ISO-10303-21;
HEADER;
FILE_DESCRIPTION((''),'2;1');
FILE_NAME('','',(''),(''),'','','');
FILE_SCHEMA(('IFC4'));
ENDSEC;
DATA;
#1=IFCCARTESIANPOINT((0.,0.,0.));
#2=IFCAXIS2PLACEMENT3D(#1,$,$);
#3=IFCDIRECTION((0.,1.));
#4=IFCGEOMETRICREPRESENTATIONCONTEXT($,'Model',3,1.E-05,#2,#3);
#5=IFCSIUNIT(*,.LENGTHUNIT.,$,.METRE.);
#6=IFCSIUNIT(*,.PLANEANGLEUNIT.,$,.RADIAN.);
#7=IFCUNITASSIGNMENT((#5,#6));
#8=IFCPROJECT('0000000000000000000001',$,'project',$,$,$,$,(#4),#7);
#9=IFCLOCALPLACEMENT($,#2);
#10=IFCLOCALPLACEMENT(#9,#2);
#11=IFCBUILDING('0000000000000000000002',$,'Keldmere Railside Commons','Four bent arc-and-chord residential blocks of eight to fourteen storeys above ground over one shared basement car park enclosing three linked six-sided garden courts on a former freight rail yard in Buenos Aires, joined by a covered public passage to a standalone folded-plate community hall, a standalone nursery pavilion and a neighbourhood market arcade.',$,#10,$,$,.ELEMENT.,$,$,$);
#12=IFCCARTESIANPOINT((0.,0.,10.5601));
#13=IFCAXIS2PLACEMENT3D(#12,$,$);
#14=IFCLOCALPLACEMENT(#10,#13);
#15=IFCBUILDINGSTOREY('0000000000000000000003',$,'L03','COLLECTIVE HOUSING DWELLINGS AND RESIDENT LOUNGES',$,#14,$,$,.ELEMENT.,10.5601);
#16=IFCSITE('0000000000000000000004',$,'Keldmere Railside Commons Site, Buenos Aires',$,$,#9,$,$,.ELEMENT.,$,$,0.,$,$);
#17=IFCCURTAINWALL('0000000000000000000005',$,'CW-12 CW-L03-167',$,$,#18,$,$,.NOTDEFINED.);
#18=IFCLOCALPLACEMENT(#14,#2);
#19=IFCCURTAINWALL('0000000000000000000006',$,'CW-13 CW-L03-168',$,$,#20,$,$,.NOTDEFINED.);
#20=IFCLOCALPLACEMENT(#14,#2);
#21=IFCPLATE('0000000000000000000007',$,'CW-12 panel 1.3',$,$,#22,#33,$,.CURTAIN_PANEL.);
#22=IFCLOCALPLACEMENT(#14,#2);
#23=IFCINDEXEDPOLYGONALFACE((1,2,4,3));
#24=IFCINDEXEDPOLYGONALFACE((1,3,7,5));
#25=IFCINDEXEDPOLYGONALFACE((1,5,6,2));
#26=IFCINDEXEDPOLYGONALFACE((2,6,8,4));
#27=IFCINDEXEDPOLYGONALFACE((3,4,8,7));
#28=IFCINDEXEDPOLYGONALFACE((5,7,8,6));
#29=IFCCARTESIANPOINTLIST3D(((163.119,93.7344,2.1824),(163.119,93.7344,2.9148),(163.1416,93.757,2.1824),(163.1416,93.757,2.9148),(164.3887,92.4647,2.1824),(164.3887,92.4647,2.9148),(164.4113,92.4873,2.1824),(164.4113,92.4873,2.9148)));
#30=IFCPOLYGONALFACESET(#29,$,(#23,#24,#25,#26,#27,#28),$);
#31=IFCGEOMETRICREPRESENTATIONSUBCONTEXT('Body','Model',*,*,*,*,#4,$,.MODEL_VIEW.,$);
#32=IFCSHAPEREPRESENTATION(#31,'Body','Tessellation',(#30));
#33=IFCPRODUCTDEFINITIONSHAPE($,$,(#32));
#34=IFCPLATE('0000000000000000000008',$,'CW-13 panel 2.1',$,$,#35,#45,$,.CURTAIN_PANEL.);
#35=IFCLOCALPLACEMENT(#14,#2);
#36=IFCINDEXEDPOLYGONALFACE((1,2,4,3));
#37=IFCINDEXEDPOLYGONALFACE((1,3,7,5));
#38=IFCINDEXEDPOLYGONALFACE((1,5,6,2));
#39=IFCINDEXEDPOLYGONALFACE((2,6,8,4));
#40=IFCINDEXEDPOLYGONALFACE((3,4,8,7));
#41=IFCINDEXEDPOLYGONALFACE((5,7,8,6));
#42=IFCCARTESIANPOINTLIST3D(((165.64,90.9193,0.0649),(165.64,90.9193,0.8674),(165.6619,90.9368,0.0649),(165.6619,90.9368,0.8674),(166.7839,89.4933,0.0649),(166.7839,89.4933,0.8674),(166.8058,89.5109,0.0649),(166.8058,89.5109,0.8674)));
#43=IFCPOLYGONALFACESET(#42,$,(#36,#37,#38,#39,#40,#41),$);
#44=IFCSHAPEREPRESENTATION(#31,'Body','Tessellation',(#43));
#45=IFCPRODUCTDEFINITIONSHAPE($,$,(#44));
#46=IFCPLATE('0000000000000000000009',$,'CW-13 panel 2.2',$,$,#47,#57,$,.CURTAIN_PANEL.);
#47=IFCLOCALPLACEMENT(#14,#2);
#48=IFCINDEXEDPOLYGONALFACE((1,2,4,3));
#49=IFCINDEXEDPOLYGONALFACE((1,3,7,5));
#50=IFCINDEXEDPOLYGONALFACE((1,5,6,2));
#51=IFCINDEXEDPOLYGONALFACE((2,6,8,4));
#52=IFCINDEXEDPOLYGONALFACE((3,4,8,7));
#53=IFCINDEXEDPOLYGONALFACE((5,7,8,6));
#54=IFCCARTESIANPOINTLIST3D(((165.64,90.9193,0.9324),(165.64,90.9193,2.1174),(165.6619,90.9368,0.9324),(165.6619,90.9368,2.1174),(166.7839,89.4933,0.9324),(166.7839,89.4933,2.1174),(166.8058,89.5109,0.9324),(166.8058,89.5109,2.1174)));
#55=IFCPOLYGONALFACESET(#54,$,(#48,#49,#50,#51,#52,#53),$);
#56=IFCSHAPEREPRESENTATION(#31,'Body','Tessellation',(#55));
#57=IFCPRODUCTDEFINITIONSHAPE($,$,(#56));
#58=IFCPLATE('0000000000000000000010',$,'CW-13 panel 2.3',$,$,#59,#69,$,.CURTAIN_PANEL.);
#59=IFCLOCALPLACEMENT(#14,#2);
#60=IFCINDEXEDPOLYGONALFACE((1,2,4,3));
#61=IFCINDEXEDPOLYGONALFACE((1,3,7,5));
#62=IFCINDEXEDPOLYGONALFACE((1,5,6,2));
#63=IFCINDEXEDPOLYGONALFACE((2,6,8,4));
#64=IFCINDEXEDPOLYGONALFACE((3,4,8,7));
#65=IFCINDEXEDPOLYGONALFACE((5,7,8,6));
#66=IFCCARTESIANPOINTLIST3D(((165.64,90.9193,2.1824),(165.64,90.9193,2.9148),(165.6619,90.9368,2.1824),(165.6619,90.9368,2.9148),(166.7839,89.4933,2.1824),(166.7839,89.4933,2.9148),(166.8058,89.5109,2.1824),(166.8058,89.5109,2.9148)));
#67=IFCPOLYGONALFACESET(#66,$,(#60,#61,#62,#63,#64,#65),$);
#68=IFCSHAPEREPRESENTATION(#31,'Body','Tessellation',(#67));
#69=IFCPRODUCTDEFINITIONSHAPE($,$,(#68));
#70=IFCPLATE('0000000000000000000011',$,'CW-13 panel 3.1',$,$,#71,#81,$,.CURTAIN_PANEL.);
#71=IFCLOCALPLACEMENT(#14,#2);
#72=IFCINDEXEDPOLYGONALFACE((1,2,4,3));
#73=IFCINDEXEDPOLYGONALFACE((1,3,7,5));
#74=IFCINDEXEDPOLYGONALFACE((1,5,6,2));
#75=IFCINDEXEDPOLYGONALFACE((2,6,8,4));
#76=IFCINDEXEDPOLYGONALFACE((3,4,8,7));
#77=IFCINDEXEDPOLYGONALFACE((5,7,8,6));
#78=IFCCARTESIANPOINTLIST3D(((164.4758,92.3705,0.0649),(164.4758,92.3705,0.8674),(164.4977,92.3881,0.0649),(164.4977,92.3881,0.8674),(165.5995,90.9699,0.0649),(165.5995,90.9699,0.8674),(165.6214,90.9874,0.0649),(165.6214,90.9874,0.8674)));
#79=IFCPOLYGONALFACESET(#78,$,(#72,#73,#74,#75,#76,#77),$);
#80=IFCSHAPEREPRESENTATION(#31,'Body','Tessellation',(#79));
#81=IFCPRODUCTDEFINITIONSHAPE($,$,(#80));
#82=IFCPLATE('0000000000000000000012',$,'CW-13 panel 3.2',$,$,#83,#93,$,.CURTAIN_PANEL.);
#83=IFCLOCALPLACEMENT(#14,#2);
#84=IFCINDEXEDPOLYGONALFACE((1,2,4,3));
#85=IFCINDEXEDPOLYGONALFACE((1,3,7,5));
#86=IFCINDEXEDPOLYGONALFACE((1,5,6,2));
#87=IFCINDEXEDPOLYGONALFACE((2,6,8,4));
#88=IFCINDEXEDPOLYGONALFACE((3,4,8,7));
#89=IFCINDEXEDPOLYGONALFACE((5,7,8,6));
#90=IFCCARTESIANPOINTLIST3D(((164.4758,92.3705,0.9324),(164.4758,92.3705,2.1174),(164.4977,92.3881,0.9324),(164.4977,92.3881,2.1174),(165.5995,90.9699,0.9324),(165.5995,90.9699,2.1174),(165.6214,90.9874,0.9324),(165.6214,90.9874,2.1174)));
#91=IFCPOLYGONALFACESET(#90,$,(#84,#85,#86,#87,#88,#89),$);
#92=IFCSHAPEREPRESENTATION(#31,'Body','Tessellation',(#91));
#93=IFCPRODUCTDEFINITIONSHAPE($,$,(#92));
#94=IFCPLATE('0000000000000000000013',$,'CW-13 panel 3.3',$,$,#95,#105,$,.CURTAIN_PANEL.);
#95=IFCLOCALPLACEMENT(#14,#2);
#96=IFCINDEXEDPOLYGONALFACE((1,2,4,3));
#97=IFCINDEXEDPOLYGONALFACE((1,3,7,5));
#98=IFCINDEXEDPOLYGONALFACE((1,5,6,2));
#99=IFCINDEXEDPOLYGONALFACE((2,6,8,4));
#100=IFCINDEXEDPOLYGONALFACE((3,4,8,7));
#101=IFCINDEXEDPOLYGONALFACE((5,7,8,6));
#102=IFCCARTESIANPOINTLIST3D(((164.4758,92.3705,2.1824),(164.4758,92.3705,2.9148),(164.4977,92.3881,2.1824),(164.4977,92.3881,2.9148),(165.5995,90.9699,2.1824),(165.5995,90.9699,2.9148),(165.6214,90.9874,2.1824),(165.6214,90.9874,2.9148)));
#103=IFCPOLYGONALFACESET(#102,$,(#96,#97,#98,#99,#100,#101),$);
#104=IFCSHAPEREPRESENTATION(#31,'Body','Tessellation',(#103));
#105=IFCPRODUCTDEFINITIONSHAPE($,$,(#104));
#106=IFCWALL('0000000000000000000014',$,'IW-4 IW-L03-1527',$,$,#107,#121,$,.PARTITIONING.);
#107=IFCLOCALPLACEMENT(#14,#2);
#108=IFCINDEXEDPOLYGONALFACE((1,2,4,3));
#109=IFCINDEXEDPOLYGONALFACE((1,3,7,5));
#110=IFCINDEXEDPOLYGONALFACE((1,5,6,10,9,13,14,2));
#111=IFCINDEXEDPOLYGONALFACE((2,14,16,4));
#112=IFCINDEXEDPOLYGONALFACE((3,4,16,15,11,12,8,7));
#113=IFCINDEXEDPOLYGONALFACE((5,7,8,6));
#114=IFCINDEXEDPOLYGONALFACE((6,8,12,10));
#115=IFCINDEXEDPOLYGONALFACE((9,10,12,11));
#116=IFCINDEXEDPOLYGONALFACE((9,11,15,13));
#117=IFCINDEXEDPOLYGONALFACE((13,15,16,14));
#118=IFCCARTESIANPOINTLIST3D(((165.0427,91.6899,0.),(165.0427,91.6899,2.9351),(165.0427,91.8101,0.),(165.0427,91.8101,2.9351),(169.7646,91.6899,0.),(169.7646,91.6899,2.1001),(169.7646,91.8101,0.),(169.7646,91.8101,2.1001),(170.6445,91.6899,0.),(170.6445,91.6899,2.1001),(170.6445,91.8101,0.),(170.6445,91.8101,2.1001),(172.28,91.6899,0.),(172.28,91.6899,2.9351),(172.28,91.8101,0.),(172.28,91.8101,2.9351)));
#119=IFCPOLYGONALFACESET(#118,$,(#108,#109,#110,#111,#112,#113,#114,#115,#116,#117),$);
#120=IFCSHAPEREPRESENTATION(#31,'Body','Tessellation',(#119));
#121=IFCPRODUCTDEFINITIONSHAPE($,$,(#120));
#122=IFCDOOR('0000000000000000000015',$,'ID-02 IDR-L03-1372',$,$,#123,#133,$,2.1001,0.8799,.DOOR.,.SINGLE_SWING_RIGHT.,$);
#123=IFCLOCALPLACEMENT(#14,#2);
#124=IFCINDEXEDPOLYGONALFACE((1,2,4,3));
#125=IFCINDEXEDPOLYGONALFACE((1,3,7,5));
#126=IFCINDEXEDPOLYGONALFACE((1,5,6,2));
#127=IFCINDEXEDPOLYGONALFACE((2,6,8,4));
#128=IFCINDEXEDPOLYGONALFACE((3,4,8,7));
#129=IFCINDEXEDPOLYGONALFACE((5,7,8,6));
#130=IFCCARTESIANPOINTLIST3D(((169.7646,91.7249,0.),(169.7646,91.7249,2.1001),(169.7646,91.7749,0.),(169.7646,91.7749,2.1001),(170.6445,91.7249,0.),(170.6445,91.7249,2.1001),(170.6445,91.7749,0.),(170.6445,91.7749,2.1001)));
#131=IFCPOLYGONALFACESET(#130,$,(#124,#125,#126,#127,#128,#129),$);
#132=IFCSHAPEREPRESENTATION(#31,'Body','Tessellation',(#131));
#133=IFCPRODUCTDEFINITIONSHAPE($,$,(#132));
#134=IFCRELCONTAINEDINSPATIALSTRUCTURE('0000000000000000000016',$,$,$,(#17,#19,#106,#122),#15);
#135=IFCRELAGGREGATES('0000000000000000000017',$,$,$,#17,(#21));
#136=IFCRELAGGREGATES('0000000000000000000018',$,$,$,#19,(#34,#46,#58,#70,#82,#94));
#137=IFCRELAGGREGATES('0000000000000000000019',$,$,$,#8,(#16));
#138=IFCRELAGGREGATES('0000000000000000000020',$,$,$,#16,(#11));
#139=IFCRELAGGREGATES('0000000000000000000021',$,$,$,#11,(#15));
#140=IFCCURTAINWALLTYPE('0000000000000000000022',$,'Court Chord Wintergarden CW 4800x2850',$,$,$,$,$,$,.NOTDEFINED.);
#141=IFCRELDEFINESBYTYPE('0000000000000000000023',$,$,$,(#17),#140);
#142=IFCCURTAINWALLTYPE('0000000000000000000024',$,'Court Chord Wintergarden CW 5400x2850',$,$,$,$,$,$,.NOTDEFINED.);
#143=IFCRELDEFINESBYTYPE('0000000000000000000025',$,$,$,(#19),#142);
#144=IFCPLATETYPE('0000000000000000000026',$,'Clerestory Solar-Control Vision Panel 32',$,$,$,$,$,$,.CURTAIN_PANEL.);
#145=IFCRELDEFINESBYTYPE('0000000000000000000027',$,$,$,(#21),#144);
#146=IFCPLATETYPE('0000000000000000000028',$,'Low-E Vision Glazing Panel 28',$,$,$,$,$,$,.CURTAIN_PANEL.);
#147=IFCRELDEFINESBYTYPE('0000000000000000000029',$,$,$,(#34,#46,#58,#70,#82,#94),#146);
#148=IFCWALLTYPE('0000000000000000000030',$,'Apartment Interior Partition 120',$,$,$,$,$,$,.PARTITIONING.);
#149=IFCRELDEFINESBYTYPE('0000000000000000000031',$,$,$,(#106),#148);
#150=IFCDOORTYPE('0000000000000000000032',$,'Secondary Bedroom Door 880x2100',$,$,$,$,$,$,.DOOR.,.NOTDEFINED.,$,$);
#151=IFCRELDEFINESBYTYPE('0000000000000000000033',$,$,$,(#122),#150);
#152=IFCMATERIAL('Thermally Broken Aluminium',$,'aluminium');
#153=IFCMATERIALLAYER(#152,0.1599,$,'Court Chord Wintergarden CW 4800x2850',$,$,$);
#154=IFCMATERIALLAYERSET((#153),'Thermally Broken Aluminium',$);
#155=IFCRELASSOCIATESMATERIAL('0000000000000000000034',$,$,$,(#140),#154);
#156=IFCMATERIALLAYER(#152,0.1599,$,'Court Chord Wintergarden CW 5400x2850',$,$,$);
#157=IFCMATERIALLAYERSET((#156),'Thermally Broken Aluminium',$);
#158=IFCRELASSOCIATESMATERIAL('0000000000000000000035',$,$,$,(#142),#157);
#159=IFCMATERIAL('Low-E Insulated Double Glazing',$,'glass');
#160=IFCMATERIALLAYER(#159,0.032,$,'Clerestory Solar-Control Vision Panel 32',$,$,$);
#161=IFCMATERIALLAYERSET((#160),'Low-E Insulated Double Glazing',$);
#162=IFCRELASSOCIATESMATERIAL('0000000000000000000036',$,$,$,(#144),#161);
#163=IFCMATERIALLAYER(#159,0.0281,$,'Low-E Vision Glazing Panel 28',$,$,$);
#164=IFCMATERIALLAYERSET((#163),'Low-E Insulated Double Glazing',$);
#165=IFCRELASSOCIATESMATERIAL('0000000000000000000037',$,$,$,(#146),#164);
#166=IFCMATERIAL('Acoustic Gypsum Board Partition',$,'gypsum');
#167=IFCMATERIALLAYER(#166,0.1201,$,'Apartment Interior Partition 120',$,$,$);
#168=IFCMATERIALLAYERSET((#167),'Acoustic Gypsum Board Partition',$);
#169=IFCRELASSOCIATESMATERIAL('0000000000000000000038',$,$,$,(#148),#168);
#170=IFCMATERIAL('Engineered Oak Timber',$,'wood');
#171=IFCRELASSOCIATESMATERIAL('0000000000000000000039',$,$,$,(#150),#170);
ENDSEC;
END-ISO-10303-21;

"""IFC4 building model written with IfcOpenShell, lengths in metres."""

from ifc_helpers import new_model, si_unit, direction, frame, frame_2d, origin, origin_2d, place, context, subcontext, project, spatial, rectangle, extrude, material, layer, layer_set, type_object, element, fill, aggregate, save


model = new_model("IFC4")

# Units and contexts
model_context = context("Model", 3, precision=1e-05, world=origin(), true_north=direction((0.0, 1.0)))
body_context = subcontext(model_context, "Body", "Model", "MODEL_VIEW")
ifc_project = project(units=[si_unit("LENGTHUNIT", "METRE"), si_unit("PLANEANGLEUNIT", "RADIAN")], contexts=[model_context])

# Site, building, storey
site_placement = place(None, origin())
site = spatial("IfcSite", under=ifc_project, at=site_placement, Name="Keldmere Railside Commons Site, Buenos Aires", CompositionType="ELEMENT", RefElevation=0.0)
building_placement = place(site_placement, origin())
building = spatial("IfcBuilding", under=site, at=building_placement, Name="Keldmere Railside Commons", Description="Four bent arc-and-chord residential blocks of eight to fourteen storeys above ground over one shared basement car park enclosing three linked six-sided garden courts on a former freight rail yard in Buenos Aires, joined by a covered public passage to a standalone folded-plate community hall, a standalone nursery pavilion and a neighbourhood market arcade.", CompositionType="ELEMENT")
storey_placement = place(building_placement, frame((0.0, 0.0, 10.5601)))
storey = spatial("IfcBuildingStorey", under=building, at=storey_placement, Name="L03", Description="COLLECTIVE HOUSING DWELLINGS AND RESIDENT LOUNGES", CompositionType="ELEMENT", Elevation=10.5601)

# Curtain walls
ifc_material_1 = material(Name="Thermally Broken Aluminium", Category="aluminium")
ifc_layer_1 = layer(ifc_material_1, 0.1599, Name="Court Chord Wintergarden CW 4800x2850")
ifc_layer_set_1 = layer_set([ifc_layer_1], Name="Thermally Broken Aluminium")
curtain_wall_type_1 = type_object("IfcCurtainWallType", Name="Court Chord Wintergarden CW 4800x2850", PredefinedType="NOTDEFINED", material=ifc_layer_set_1)
curtain_wall_1_placement = place(storey_placement, origin())
curtain_wall_1 = element("IfcCurtainWall", 1, at=curtain_wall_1_placement, inside=storey, type_object=curtain_wall_type_1, Name="CW-12 CW-L03-167", PredefinedType="NOTDEFINED")
ifc_layer_2 = layer(ifc_material_1, 0.1599, Name="Court Chord Wintergarden CW 5400x2850")
ifc_layer_set_2 = layer_set([ifc_layer_2], Name="Thermally Broken Aluminium")
curtain_wall_type_2 = type_object("IfcCurtainWallType", Name="Court Chord Wintergarden CW 5400x2850", PredefinedType="NOTDEFINED", material=ifc_layer_set_2)
curtain_wall_2_placement = place(storey_placement, origin())
curtain_wall_2 = element("IfcCurtainWall", 2, at=curtain_wall_2_placement, inside=storey, type_object=curtain_wall_type_2, Name="CW-13 CW-L03-168", PredefinedType="NOTDEFINED")

# Plates
ifc_material_2 = material(Name="Low-E Insulated Double Glazing", Category="glass")
ifc_layer_3 = layer(ifc_material_2, 0.032, Name="Clerestory Solar-Control Vision Panel 32")
ifc_layer_set_3 = layer_set([ifc_layer_3], Name="Low-E Insulated Double Glazing")
plate_type_1 = type_object("IfcPlateType", Name="Clerestory Solar-Control Vision Panel 32", PredefinedType="CURTAIN_PANEL", material=ifc_layer_set_3)
plate_1_placement = place(storey_placement, frame((163.7651, 93.1108, 2.1824), z_axis=(0.0, 0.0, 1.0), x_axis=(-0.707107, 0.707107, 0.0)))
plate_1 = element("IfcPlate", 3, at=plate_1_placement, type_object=plate_type_1, Name="CW-12 panel 1.3", PredefinedType="CURTAIN_PANEL", context=body_context, shape_type="SweptSolid", body=[
    extrude(rectangle(XDim=1.7957, YDim=0.032, at=origin_2d()), origin(), (0.0, 0.0, 1.0), 0.7324),
])
aggregate(curtain_wall_1, [plate_1])
ifc_layer_4 = layer(ifc_material_2, 0.0281, Name="Low-E Vision Glazing Panel 28")
ifc_layer_set_4 = layer_set([ifc_layer_4], Name="Low-E Insulated Double Glazing")
plate_type_2 = type_object("IfcPlateType", Name="Low-E Vision Glazing Panel 28", PredefinedType="CURTAIN_PANEL", material=ifc_layer_set_4)
plate_2_placement = place(storey_placement, frame((166.2229, 90.2151, 0.0649), z_axis=(0.0, 0.0, 1.0), x_axis=(-0.625768, 0.780009, 0.0)))
plate_2 = element("IfcPlate", 4, at=plate_2_placement, type_object=plate_type_2, Name="CW-13 panel 2.1", PredefinedType="CURTAIN_PANEL", context=body_context, shape_type="SweptSolid", body=[
    extrude(rectangle(XDim=1.8281, YDim=0.0281, at=origin_2d()), origin(), (0.0, 0.0, 1.0), 0.8025),
])
plate_3_placement = place(storey_placement, frame((166.2229, 90.2151, 0.9324), z_axis=(0.0, 0.0, 1.0), x_axis=(-0.625768, 0.780009, 0.0)))
plate_3 = element("IfcPlate", 5, at=plate_3_placement, type_object=plate_type_2, Name="CW-13 panel 2.2", PredefinedType="CURTAIN_PANEL", context=body_context, shape_type="SweptSolid", body=[
    extrude(rectangle(XDim=1.8281, YDim=0.0281, at=origin_2d()), origin(), (0.0, 0.0, 1.0), 1.1851),
])
plate_4_placement = place(storey_placement, frame((166.2229, 90.2151, 2.1824), z_axis=(0.0, 0.0, 1.0), x_axis=(-0.625768, 0.780009, 0.0)))
plate_4 = element("IfcPlate", 6, at=plate_4_placement, type_object=plate_type_2, Name="CW-13 panel 2.3", PredefinedType="CURTAIN_PANEL", context=body_context, shape_type="SweptSolid", body=[
    extrude(rectangle(XDim=1.8281, YDim=0.0281, at=origin_2d()), origin(), (0.0, 0.0, 1.0), 0.7324),
])
plate_5_placement = place(storey_placement, frame((165.0486, 91.679, 0.0649), z_axis=(0.0, 0.0, 1.0), x_axis=(-0.625768, 0.780009, 0.0)))
plate_5 = element("IfcPlate", 7, at=plate_5_placement, type_object=plate_type_2, Name="CW-13 panel 3.1", PredefinedType="CURTAIN_PANEL", context=body_context, shape_type="SweptSolid", body=[
    extrude(rectangle(XDim=1.7957, YDim=0.0281, at=origin_2d()), origin(), (0.0, 0.0, 1.0), 0.8025),
])
plate_6_placement = place(storey_placement, frame((165.0486, 91.679, 0.9324), z_axis=(0.0, 0.0, 1.0), x_axis=(-0.625768, 0.780009, 0.0)))
plate_6 = element("IfcPlate", 8, at=plate_6_placement, type_object=plate_type_2, Name="CW-13 panel 3.2", PredefinedType="CURTAIN_PANEL", context=body_context, shape_type="SweptSolid", body=[
    extrude(rectangle(XDim=1.7957, YDim=0.0281, at=origin_2d()), origin(), (0.0, 0.0, 1.0), 1.1851),
])
plate_7_placement = place(storey_placement, frame((165.0486, 91.679, 2.1824), z_axis=(0.0, 0.0, 1.0), x_axis=(-0.625768, 0.780009, 0.0)))
plate_7 = element("IfcPlate", 9, at=plate_7_placement, type_object=plate_type_2, Name="CW-13 panel 3.3", PredefinedType="CURTAIN_PANEL", context=body_context, shape_type="SweptSolid", body=[
    extrude(rectangle(XDim=1.7957, YDim=0.0281, at=origin_2d()), origin(), (0.0, 0.0, 1.0), 0.7324),
])
aggregate(curtain_wall_2, [plate_2, plate_3, plate_4, plate_5, plate_6, plate_7])

# Wall, opening, door
ifc_material_3 = material(Name="Acoustic Gypsum Board Partition", Category="gypsum")
ifc_layer_5 = layer(ifc_material_3, 0.1201, Name="Apartment Interior Partition 120")
ifc_layer_set_5 = layer_set([ifc_layer_5], Name="Acoustic Gypsum Board Partition")
wall_type = type_object("IfcWallType", Name="Apartment Interior Partition 120", PredefinedType="PARTITIONING", material=ifc_layer_set_5)
wall_placement = place(storey_placement, frame((165.0427, 91.75, 0.0), z_axis=(0.0, 0.0, 1.0), x_axis=(1.0, 0.0, 0.0)))
wall = element("IfcWall", 10, at=wall_placement, inside=storey, type_object=wall_type, Name="IW-4 IW-L03-1527", PredefinedType="PARTITIONING", context=body_context, shape_type="SweptSolid", body=[
    extrude(rectangle(XDim=7.2373, YDim=0.1201, at=frame_2d((3.6187, 0.0))), origin(), (0.0, 0.0, 1.0), 2.9351),
])
opening_placement = place(wall_placement, frame((4.7219, 0.0, 0.0)))
opening = element("IfcOpeningElement", 11, at=opening_placement, cuts=wall, PredefinedType="OPENING", context=body_context, shape_type="SweptSolid", body=[
    extrude(rectangle(XDim=0.8799, YDim=2.1001, at=frame_2d((0.4399, 1.05))), frame((0.0, 0.0701, 0.0), z_axis=(0.0, -1.0, 0.0), x_axis=(1.0, 0.0, 0.0)), (0.0, 0.0, 1.0), 0.1401),
])
ifc_material_4 = material(Name="Engineered Oak Timber", Category="wood")
door_type = type_object("IfcDoorType", Name="Secondary Bedroom Door 880x2100", OperationType="NOTDEFINED", PredefinedType="DOOR", material=ifc_material_4)
door_placement = place(opening_placement, origin())
door = element("IfcDoor", 12, at=door_placement, inside=storey, type_object=door_type, Name="ID-02 IDR-L03-1372", OperationType="SINGLE_SWING_RIGHT", OverallHeight=2.1001, OverallWidth=0.8799, PredefinedType="DOOR", context=body_context, shape_type="SweptSolid", body=[
    extrude(rectangle(XDim=0.8799, YDim=2.1001, at=frame_2d((0.4399, 1.05))), frame((0.0, 0.0249, 0.0), z_axis=(0.0, -1.0, 0.0), x_axis=(1.0, 0.0, 0.0)), (0.0, 0.0, 1.0), 0.05),
])
fill(opening, door)

save(model, "model.ifc")
